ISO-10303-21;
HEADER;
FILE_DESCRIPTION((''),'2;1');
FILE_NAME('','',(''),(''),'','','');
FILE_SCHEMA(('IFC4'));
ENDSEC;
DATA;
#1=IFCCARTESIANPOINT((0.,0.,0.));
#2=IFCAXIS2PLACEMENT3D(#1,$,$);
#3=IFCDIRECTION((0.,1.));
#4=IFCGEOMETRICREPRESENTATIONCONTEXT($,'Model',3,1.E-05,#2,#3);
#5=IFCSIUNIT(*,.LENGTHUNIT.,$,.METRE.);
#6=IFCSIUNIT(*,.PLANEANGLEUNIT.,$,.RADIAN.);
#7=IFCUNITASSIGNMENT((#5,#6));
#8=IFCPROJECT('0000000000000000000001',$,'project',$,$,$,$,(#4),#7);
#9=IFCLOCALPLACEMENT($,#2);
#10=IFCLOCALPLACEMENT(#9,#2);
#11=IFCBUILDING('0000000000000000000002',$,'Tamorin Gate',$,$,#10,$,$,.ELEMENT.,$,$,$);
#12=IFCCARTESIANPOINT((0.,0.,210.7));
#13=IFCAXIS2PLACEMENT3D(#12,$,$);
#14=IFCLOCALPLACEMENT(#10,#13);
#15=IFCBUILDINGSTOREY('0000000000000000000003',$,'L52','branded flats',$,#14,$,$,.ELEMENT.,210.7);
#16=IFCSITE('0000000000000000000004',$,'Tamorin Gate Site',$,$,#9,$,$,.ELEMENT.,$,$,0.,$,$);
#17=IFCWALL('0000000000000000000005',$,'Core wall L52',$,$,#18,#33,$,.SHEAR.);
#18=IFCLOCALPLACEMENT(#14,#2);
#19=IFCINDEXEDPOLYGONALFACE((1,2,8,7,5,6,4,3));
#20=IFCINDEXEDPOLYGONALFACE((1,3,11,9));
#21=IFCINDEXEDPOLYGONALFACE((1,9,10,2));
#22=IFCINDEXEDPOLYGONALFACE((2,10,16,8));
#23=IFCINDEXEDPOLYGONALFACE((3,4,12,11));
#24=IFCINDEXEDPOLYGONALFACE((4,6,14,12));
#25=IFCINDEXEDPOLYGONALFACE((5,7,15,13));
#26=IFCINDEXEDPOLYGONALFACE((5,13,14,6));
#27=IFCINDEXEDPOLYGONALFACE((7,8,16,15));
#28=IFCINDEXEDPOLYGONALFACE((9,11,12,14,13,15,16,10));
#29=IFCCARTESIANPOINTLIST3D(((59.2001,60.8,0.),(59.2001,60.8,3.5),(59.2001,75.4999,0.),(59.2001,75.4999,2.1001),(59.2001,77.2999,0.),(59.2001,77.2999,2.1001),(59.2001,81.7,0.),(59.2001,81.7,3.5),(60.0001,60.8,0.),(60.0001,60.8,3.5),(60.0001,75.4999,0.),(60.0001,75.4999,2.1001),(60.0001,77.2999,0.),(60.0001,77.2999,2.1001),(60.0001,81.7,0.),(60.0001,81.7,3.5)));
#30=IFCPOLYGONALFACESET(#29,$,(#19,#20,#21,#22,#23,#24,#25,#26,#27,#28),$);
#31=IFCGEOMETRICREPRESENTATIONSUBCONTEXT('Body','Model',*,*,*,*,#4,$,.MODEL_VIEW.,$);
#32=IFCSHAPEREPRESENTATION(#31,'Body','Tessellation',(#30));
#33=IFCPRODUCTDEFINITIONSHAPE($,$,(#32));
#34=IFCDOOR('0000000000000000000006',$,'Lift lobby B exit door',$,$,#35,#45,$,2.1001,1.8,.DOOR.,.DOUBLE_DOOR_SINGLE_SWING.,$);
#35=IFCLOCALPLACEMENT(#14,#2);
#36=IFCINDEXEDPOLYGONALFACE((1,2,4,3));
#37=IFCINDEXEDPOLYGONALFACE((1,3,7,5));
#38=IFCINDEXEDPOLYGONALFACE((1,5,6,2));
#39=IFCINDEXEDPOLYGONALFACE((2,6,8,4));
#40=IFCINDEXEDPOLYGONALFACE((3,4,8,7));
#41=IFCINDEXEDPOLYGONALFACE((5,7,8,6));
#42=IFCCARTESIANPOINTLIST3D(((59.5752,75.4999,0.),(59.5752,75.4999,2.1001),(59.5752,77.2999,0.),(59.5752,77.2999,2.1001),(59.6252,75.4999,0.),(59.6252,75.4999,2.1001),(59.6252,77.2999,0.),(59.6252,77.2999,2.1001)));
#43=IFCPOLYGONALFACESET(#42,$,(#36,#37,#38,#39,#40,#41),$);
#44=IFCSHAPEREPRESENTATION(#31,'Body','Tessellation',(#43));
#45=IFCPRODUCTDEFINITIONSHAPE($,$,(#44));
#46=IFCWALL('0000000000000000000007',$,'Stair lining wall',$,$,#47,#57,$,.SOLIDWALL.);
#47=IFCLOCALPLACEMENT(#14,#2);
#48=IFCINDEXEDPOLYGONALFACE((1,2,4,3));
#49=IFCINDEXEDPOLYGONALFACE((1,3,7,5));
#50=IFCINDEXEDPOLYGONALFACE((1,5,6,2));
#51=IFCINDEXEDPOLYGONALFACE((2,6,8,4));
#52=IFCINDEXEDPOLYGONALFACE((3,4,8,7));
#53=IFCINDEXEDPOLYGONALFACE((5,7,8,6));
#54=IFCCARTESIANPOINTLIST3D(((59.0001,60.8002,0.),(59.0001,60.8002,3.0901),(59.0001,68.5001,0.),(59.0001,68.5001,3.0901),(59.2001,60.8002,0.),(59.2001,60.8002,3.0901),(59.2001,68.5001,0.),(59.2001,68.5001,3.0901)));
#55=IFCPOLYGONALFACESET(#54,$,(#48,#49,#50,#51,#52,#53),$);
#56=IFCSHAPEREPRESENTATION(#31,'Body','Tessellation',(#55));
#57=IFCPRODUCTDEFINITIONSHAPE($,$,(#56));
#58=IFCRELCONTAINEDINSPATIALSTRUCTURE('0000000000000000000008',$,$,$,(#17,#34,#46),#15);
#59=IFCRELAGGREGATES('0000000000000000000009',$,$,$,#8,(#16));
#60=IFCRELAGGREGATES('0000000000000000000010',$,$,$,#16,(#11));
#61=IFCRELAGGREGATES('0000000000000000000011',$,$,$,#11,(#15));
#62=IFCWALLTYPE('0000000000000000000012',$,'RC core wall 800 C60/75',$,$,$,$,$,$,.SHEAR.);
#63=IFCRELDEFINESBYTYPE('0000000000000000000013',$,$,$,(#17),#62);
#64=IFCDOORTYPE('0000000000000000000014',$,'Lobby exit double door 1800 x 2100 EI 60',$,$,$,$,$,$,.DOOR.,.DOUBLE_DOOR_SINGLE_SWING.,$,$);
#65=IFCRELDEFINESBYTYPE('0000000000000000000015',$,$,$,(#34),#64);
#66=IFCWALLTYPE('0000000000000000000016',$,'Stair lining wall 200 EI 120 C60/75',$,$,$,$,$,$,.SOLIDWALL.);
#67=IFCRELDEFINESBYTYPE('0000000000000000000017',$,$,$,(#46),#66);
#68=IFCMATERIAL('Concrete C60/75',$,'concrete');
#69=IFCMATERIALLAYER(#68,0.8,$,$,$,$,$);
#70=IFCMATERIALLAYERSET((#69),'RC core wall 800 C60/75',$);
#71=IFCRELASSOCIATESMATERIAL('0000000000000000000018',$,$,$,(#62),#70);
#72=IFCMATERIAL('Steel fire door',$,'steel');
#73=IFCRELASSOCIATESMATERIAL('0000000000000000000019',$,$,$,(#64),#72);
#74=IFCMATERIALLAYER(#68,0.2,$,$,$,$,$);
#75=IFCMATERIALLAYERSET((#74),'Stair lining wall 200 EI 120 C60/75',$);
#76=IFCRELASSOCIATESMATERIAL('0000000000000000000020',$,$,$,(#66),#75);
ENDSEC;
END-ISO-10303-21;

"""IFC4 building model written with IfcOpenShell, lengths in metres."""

from ifc_helpers import new_model, si_unit, direction, frame, frame_2d, origin, place, context, subcontext, project, spatial, rectangle, extrude, material, layer, layer_set, type_object, element, fill, save


model = new_model("IFC4")

# Units and contexts
model_context = context("Model", 3, precision=1e-05, world=origin(), true_north=direction((0.0, 1.0)))
body_context = subcontext(model_context, "Body", "Model", "MODEL_VIEW")
ifc_project = project(units=[si_unit("LENGTHUNIT", "METRE"), si_unit("PLANEANGLEUNIT", "RADIAN")], contexts=[model_context])

# Site, building, storey
site_placement = place(None, origin())
site = spatial("IfcSite", under=ifc_project, at=site_placement, Name="Tamorin Gate Site", CompositionType="ELEMENT", RefElevation=0.0)
building_placement = place(site_placement, origin())
building = spatial("IfcBuilding", under=site, at=building_placement, Name="Tamorin Gate", CompositionType="ELEMENT")
storey_placement = place(building_placement, frame((0.0, 0.0, 210.7)))
storey = spatial("IfcBuildingStorey", under=building, at=storey_placement, Name="L52", Description="branded flats", CompositionType="ELEMENT", Elevation=210.7)

# Shared definitions
ifc_material_1 = material(Name="Concrete C60/75", Category="concrete")

# Wall, opening, door
ifc_layer_1 = layer(ifc_material_1, 0.8)
ifc_layer_set_1 = layer_set([ifc_layer_1], Name="RC core wall 800 C60/75")
wall_type_1 = type_object("IfcWallType", Name="RC core wall 800 C60/75", PredefinedType="SHEAR", material=ifc_layer_set_1)
wall_1_placement = place(storey_placement, frame((59.6001, 60.8, 0.0), z_axis=(0.0, 0.0, 1.0), x_axis=(0.0, 1.0, 0.0)))
wall_1 = element("IfcWall", 1, at=wall_1_placement, inside=storey, type_object=wall_type_1, Name="Core wall L52", PredefinedType="SHEAR", context=body_context, shape_type="SweptSolid", body=[
    extrude(rectangle(XDim=20.8999, YDim=0.8, at=frame_2d((10.45, 0.0))), origin(), (0.0, 0.0, 1.0), 3.5),
])
opening_1_placement = place(wall_1_placement, frame((14.7, 0.0, 0.0)))
opening_1 = element("IfcOpeningElement", 2, at=opening_1_placement, cuts=wall_1, PredefinedType="OPENING", context=body_context, shape_type="SweptSolid", body=[
    extrude(rectangle(XDim=1.8, YDim=2.1001, at=frame_2d((0.8999, 1.05))), frame((0.0, 0.4099, 0.0), z_axis=(0.0, -1.0, 0.0), x_axis=(1.0, 0.0, 0.0)), (0.0, 0.0, 1.0), 0.8201),
])
ifc_material_2 = material(Name="Steel fire door", Category="steel")
door_type_1 = type_object("IfcDoorType", Name="Lobby exit double door 1800 x 2100 EI 60", OperationType="DOUBLE_DOOR_SINGLE_SWING", PredefinedType="DOOR", material=ifc_material_2)
door_1_placement = place(opening_1_placement, origin())
door_1 = element("IfcDoor", 3, at=door_1_placement, inside=storey, type_object=door_type_1, Name="Lift lobby B exit door", OperationType="DOUBLE_DOOR_SINGLE_SWING", OverallHeight=2.1001, OverallWidth=1.8, PredefinedType="DOOR", context=body_context, shape_type="SweptSolid", body=[
    extrude(rectangle(XDim=1.8, YDim=2.1001, at=frame_2d((0.8999, 1.05))), frame((0.0, 0.0249, 0.0), z_axis=(0.0, -1.0, 0.0), x_axis=(1.0, 0.0, 0.0)), (0.0, 0.0, 1.0), 0.05),
])
fill(opening_1, door_1)

# Wall
ifc_layer_2 = layer(ifc_material_1, 0.2)
ifc_layer_set_2 = layer_set([ifc_layer_2], Name="Stair lining wall 200 EI 120 C60/75")
wall_type_2 = type_object("IfcWallType", Name="Stair lining wall 200 EI 120 C60/75", PredefinedType="SOLIDWALL", material=ifc_layer_set_2)
wall_2_placement = place(storey_placement, frame((59.1001, 60.8, 0.0), z_axis=(0.0, 0.0, 1.0), x_axis=(0.0, 1.0, 0.0)))
element("IfcWall", 4, at=wall_2_placement, inside=storey, type_object=wall_type_2, Name="Stair lining wall", PredefinedType="SOLIDWALL", context=body_context, shape_type="SweptSolid", body=[
    extrude(rectangle(XDim=7.7, YDim=0.2, at=frame_2d((3.8501, 0.0))), origin(), (0.0, 0.0, 1.0), 3.0901),
])

save(model, "model.ifc")
